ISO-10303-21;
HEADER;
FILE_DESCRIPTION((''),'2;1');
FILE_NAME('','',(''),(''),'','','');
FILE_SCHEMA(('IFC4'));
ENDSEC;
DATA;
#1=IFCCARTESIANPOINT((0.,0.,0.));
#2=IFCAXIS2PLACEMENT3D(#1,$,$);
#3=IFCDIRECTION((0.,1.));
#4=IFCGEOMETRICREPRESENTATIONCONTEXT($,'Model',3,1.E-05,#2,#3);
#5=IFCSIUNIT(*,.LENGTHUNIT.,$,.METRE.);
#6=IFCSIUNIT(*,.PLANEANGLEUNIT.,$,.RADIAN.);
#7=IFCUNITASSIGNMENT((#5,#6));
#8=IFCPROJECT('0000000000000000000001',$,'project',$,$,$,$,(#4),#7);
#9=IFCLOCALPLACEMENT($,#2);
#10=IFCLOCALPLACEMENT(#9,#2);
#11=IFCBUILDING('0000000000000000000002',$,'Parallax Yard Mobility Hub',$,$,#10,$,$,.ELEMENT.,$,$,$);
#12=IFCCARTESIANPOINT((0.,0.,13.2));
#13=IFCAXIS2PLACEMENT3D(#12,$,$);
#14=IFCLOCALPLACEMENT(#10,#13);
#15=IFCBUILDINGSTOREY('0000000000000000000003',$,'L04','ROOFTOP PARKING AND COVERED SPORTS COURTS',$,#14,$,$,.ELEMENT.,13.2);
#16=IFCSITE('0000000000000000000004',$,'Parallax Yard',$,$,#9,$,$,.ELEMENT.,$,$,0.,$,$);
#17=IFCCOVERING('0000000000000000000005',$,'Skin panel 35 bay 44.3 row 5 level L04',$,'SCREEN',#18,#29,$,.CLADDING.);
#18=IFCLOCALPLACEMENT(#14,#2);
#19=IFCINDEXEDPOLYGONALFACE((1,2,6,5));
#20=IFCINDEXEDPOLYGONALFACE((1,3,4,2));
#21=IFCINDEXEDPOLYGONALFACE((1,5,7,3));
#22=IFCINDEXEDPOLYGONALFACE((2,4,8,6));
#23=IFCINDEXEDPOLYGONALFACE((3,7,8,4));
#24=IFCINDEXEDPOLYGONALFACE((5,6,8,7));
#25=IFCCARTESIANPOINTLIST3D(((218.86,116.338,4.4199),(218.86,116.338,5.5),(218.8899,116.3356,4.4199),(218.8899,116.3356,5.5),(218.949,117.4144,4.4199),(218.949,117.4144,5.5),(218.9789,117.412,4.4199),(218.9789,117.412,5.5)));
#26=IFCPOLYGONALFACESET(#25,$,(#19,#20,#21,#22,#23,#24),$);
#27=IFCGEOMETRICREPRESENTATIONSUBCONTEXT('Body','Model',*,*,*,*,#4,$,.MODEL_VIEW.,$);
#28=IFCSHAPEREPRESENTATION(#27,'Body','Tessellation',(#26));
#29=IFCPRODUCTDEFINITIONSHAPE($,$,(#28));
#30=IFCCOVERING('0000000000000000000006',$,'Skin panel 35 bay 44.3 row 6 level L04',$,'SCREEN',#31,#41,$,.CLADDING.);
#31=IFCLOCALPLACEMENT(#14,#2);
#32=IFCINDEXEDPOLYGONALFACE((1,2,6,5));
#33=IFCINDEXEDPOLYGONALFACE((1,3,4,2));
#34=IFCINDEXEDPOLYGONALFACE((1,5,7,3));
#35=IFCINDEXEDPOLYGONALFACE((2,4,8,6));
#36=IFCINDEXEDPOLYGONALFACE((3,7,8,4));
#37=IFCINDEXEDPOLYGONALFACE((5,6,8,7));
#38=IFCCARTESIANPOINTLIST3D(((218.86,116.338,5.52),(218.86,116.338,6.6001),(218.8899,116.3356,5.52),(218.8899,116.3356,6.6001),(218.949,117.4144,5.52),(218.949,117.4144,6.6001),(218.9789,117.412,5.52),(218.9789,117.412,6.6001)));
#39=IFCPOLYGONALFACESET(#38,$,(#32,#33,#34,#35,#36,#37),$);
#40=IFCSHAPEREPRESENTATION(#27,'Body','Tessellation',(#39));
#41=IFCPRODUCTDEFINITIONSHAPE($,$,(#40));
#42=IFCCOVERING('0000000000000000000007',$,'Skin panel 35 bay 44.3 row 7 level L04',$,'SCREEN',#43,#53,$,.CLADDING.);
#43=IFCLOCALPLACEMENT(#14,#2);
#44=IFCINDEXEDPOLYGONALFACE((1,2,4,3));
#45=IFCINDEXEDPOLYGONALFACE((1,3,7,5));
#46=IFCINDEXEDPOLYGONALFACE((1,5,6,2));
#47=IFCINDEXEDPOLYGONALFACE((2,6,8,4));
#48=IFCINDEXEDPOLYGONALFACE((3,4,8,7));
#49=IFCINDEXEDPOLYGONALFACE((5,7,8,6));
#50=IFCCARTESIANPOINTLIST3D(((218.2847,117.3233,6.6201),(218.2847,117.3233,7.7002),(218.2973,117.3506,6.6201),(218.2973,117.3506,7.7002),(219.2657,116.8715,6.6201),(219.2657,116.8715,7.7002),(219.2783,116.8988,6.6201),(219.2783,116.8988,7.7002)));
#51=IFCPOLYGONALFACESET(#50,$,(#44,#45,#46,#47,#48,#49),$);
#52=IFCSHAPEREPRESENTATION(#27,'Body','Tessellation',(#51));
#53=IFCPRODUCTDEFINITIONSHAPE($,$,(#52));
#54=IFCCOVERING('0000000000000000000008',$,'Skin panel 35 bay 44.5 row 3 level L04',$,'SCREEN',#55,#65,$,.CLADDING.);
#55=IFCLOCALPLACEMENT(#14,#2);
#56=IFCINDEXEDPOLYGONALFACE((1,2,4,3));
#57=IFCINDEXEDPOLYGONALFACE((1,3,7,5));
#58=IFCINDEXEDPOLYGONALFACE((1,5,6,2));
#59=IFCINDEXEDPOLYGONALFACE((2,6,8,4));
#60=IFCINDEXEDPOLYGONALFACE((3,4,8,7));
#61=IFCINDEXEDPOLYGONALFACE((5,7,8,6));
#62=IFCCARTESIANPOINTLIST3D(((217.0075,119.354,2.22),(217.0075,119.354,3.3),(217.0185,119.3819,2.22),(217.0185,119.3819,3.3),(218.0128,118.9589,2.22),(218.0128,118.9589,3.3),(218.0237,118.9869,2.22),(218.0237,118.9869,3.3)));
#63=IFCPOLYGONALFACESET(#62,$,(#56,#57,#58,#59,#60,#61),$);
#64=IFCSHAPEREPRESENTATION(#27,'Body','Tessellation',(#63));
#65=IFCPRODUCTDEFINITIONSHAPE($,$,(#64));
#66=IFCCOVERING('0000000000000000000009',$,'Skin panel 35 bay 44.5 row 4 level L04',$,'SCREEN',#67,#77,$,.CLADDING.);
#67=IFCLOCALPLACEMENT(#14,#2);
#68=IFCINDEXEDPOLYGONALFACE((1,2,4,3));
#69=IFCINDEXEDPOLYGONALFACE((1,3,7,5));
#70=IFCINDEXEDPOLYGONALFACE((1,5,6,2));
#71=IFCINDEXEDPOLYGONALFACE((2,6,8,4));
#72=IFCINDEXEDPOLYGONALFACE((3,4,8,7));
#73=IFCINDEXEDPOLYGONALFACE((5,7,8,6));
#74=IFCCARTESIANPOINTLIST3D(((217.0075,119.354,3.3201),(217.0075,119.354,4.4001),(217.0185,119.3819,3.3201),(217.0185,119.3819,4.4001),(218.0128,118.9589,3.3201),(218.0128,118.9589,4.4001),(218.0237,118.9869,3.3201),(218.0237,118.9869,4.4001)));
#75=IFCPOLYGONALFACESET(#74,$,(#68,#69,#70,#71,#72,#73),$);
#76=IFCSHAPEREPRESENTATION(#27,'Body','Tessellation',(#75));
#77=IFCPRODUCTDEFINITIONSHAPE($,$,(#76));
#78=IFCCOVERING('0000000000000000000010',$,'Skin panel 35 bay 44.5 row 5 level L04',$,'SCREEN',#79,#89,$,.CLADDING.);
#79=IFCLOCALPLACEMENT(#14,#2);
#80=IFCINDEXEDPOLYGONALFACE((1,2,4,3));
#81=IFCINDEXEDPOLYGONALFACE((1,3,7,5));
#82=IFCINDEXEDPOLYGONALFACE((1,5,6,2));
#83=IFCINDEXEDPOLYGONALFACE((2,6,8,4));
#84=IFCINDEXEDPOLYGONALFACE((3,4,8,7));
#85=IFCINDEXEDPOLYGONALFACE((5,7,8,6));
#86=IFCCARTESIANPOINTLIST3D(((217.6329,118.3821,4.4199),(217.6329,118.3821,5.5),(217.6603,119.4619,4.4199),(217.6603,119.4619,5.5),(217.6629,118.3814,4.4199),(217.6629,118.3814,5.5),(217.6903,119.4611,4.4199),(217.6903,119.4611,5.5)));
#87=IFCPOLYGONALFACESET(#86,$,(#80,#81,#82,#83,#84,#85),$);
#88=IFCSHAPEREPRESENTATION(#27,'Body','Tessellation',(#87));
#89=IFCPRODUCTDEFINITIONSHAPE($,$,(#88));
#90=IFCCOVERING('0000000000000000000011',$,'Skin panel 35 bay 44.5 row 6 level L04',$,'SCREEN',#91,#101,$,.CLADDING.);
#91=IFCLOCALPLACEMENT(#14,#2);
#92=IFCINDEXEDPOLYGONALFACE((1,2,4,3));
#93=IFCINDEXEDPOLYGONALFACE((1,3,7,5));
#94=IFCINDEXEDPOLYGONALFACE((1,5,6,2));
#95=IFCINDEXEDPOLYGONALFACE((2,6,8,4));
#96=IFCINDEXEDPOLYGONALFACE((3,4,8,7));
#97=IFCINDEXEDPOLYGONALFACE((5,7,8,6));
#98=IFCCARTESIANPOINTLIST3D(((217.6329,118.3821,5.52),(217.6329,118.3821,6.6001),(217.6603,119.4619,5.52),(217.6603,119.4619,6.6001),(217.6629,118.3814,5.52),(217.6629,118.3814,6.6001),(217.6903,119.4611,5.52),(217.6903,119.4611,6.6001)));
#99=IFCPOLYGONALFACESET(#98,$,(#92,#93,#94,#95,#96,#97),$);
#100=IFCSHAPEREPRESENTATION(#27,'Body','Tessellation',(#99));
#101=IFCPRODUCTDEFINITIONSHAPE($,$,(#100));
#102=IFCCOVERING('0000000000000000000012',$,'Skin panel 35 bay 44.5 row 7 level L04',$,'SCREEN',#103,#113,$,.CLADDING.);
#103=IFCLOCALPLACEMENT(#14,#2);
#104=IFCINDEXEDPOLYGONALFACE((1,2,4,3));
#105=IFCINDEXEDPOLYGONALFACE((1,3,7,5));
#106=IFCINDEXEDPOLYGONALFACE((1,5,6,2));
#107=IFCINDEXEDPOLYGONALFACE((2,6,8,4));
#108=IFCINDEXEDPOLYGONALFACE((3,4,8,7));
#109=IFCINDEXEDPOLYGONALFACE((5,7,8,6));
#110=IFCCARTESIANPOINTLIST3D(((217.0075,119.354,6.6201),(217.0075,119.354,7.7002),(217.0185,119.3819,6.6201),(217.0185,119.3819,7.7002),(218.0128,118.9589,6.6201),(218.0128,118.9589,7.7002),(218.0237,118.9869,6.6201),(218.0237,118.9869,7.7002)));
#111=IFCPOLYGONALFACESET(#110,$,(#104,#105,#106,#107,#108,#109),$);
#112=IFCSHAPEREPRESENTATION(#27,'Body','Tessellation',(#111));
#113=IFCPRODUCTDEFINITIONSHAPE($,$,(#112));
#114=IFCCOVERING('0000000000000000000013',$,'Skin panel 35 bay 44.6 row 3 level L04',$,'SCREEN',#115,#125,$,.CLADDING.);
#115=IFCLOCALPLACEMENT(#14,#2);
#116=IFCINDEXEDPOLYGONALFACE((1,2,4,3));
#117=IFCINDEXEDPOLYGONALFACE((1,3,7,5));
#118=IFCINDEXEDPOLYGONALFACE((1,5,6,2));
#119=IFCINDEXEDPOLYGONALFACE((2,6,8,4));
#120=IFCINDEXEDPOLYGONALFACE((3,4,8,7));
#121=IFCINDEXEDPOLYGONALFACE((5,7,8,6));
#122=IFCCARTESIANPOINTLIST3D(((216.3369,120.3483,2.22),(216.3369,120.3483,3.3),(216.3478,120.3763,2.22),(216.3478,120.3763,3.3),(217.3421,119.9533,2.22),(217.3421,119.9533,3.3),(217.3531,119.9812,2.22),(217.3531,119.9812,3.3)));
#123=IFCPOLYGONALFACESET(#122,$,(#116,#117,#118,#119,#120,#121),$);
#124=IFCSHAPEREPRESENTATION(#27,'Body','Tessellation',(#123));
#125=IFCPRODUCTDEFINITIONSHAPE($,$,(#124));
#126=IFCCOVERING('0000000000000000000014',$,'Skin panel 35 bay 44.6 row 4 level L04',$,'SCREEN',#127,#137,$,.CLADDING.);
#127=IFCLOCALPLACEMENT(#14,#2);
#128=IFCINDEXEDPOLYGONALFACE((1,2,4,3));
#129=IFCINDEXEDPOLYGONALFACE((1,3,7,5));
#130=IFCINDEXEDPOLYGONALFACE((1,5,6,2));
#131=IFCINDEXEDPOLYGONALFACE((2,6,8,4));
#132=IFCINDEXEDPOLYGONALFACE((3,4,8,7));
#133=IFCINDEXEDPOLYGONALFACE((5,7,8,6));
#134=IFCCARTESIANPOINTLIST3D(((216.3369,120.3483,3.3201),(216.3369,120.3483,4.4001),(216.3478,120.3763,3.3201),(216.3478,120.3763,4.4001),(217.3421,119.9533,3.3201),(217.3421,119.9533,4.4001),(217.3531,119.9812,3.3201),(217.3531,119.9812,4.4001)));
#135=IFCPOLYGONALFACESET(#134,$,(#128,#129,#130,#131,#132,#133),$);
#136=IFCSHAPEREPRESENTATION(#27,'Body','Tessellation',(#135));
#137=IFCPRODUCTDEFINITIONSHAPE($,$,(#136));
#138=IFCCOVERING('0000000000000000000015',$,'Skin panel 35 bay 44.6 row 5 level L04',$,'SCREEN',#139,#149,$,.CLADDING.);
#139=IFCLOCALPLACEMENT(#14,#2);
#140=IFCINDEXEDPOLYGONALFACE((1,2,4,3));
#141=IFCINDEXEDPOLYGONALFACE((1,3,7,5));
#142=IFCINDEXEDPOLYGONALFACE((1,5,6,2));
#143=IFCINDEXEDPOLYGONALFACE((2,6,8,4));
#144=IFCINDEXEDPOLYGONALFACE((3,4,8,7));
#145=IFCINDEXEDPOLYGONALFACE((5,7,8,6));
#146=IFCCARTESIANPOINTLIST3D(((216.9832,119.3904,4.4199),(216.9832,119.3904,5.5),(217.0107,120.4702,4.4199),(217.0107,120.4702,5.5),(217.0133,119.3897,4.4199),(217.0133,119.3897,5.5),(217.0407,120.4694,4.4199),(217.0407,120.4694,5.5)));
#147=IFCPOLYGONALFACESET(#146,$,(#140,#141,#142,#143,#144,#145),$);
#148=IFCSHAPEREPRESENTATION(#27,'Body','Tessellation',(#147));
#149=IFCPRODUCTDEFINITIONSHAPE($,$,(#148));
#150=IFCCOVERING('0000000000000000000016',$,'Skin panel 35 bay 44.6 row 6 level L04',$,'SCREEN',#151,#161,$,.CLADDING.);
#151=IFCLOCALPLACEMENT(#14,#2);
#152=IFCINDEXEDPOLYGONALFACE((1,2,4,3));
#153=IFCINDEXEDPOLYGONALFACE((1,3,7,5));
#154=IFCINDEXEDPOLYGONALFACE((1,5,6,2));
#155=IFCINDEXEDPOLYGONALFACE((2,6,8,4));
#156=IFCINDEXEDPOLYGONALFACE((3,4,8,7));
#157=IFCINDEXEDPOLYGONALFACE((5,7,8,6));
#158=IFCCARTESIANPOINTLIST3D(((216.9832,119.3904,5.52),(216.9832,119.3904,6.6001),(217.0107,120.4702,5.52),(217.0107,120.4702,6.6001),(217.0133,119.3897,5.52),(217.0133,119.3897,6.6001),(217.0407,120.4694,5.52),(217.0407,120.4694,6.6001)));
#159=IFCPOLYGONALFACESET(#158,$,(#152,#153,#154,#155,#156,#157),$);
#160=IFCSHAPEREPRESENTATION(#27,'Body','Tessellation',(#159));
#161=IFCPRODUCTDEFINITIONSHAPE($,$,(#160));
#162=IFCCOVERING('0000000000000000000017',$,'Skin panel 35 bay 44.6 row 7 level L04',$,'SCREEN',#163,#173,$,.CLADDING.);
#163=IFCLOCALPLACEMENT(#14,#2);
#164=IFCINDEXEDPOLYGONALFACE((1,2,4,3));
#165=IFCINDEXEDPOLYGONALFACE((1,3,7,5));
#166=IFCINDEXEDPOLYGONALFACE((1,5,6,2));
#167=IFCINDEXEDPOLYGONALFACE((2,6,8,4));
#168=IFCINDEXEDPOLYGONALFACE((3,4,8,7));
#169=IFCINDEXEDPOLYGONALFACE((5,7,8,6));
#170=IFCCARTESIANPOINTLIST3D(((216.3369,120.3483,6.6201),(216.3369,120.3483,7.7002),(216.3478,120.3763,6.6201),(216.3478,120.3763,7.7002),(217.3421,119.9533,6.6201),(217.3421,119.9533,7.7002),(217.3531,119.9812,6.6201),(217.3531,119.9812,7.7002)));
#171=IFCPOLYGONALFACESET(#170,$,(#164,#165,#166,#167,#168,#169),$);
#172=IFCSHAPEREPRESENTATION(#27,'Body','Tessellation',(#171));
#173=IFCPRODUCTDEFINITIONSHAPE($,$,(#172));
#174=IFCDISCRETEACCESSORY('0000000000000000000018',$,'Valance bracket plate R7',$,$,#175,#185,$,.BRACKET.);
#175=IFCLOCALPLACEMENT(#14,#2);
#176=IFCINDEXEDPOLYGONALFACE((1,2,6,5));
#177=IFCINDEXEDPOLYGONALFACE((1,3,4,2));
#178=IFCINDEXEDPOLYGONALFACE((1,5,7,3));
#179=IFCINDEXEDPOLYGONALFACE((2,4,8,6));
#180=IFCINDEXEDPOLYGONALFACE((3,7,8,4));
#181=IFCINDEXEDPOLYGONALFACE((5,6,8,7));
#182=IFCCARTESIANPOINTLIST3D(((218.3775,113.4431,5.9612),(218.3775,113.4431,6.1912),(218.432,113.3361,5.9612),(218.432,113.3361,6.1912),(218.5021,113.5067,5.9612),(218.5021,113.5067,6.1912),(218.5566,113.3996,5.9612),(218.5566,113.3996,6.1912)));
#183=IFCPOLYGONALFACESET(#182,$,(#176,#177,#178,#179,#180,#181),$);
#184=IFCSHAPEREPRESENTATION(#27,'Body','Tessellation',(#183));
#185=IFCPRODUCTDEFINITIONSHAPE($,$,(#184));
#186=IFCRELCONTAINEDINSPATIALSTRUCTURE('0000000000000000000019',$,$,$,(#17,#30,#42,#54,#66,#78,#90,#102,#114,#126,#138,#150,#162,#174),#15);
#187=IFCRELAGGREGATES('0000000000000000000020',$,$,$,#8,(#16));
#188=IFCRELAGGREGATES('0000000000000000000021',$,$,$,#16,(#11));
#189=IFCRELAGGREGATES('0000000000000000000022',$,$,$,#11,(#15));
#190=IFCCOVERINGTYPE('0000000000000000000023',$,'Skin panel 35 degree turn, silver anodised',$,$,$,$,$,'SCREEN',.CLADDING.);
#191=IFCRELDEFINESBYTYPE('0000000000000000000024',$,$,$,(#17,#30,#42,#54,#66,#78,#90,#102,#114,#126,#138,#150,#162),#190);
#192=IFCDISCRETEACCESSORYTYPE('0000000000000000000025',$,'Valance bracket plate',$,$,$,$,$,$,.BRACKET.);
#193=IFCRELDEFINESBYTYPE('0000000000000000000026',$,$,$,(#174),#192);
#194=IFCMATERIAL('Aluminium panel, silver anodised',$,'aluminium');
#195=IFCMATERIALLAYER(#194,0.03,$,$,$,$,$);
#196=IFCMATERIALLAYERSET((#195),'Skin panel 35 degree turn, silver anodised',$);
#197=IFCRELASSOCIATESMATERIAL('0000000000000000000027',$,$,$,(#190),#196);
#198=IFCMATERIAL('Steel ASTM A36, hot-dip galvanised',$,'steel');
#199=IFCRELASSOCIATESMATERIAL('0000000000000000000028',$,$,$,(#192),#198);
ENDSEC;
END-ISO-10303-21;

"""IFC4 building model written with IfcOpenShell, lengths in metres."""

from ifc_helpers import new_model, si_unit, direction, frame, origin, origin_2d, place, context, subcontext, project, spatial, rectangle, extrude, material, layer, layer_set, type_object, element, save


model = new_model("IFC4")

# Units and contexts
model_context = context("Model", 3, precision=1e-05, world=origin(), true_north=direction((0.0, 1.0)))
body_context = subcontext(model_context, "Body", "Model", "MODEL_VIEW")
ifc_project = project(units=[si_unit("LENGTHUNIT", "METRE"), si_unit("PLANEANGLEUNIT", "RADIAN")], contexts=[model_context])

# Site, building, storey
site_placement = place(None, origin())
site = spatial("IfcSite", under=ifc_project, at=site_placement, Name="Parallax Yard", CompositionType="ELEMENT", RefElevation=0.0)
building_placement = place(site_placement, origin())
building = spatial("IfcBuilding", under=site, at=building_placement, Name="Parallax Yard Mobility Hub", CompositionType="ELEMENT")
storey_placement = place(building_placement, frame((0.0, 0.0, 13.2)))
storey = spatial("IfcBuildingStorey", under=building, at=storey_placement, Name="L04", Description="ROOFTOP PARKING AND COVERED SPORTS COURTS", CompositionType="ELEMENT", Elevation=13.2)

# Coverings
ifc_material_1 = material(Name="Aluminium panel, silver anodised", Category="aluminium")
ifc_layer_1 = layer(ifc_material_1, 0.03)
ifc_layer_set_1 = layer_set([ifc_layer_1], Name="Skin panel 35 degree turn, silver anodised")
covering_type_1 = type_object("IfcCoveringType", Name="Skin panel 35 degree turn, silver anodised", ElementType="SCREEN", PredefinedType="CLADDING", material=ifc_layer_set_1)
for number, where, z_axis, x_axis, name in (
    (1, (218.9194, 116.875, 4.4199), (0.0, 0.0, 1.0), (0.082413, 0.996598, 0.0), "Skin panel 35 bay 44.3 row 5 level L04"),
    (2, (218.9194, 116.875, 5.52), (0.0, 0.0, 1.0), (0.082413, 0.996598, 0.0), "Skin panel 35 bay 44.3 row 6 level L04"),
    (3, (218.7815, 117.1111, 6.6201), (0.0, 0.0, 1.0), (0.908309, -0.4183, 0.0), "Skin panel 35 bay 44.3 row 7 level L04"),
    (4, (217.5156, 119.1704, 2.22), (0.0, 0.0, 1.0), (0.930708, -0.365762, 0.0), "Skin panel 35 bay 44.5 row 3 level L04"),
    (5, (217.5156, 119.1704, 3.3201), (0.0, 0.0, 1.0), (0.930708, -0.365762, 0.0), "Skin panel 35 bay 44.5 row 4 level L04"),
    (6, (217.6616, 118.9216, 4.4199), (0.0, 0.0, 1.0), (0.025383, 0.999678, 0.0), "Skin panel 35 bay 44.5 row 5 level L04"),
    (7, (217.6616, 118.9216, 5.52), (0.0, 0.0, 1.0), (0.025383, 0.999678, 0.0), "Skin panel 35 bay 44.5 row 6 level L04"),
    (8, (217.5156, 119.1704, 6.6201), (0.0, 0.0, 1.0), (0.930708, -0.365762, 0.0), "Skin panel 35 bay 44.5 row 7 level L04"),
    (9, (216.845, 120.1648, 2.22), (0.0, 0.0, 1.0), (0.930708, -0.365762, 0.0), "Skin panel 35 bay 44.6 row 3 level L04"),
    (10, (216.845, 120.1648, 3.3201), (0.0, 0.0, 1.0), (0.930708, -0.365762, 0.0), "Skin panel 35 bay 44.6 row 4 level L04"),
    (11, (217.012, 119.9299, 4.4199), (0.0, 0.0, 1.0), (0.025383, 0.999678, 0.0), "Skin panel 35 bay 44.6 row 5 level L04"),
    (12, (217.012, 119.9299, 5.52), (0.0, 0.0, 1.0), (0.025383, 0.999678, 0.0), "Skin panel 35 bay 44.6 row 6 level L04"),
    (13, (216.845, 120.1648, 6.6201), (0.0, 0.0, 1.0), (0.930708, -0.365762, 0.0), "Skin panel 35 bay 44.6 row 7 level L04"),
):
    element("IfcCovering", number, at=place(storey_placement, frame(where, z_axis=z_axis, x_axis=x_axis)), inside=storey, type_object=covering_type_1, Name=name, ObjectType="SCREEN", PredefinedType="CLADDING", context=body_context, shape_type="SweptSolid", body=[
        extrude(rectangle(XDim=1.0801, YDim=0.03, at=origin_2d()), origin(), (0.0, 0.0, 1.0), 1.0801),
    ])

# Discrete accessory
ifc_material_2 = material(Name="Steel ASTM A36, hot-dip galvanised", Category="steel")
discrete_accessory_type = type_object("IfcDiscreteAccessoryType", Name="Valance bracket plate", PredefinedType="BRACKET", material=ifc_material_2)
discrete_accessory_placement = place(storey_placement, frame((218.467, 113.4214, 5.9612), z_axis=(0.0, 0.0, 1.0), x_axis=(0.891007, 0.45399, 0.0)))
element("IfcDiscreteAccessory", 14, at=discrete_accessory_placement, inside=storey, type_object=discrete_accessory_type, Name="Valance bracket plate R7", PredefinedType="BRACKET", context=body_context, shape_type="SweptSolid", body=[
    extrude(rectangle(XDim=0.1399, YDim=0.1201, at=origin_2d()), origin(), (0.0, 0.0, 1.0), 0.23),
])

save(model, "model.ifc")
